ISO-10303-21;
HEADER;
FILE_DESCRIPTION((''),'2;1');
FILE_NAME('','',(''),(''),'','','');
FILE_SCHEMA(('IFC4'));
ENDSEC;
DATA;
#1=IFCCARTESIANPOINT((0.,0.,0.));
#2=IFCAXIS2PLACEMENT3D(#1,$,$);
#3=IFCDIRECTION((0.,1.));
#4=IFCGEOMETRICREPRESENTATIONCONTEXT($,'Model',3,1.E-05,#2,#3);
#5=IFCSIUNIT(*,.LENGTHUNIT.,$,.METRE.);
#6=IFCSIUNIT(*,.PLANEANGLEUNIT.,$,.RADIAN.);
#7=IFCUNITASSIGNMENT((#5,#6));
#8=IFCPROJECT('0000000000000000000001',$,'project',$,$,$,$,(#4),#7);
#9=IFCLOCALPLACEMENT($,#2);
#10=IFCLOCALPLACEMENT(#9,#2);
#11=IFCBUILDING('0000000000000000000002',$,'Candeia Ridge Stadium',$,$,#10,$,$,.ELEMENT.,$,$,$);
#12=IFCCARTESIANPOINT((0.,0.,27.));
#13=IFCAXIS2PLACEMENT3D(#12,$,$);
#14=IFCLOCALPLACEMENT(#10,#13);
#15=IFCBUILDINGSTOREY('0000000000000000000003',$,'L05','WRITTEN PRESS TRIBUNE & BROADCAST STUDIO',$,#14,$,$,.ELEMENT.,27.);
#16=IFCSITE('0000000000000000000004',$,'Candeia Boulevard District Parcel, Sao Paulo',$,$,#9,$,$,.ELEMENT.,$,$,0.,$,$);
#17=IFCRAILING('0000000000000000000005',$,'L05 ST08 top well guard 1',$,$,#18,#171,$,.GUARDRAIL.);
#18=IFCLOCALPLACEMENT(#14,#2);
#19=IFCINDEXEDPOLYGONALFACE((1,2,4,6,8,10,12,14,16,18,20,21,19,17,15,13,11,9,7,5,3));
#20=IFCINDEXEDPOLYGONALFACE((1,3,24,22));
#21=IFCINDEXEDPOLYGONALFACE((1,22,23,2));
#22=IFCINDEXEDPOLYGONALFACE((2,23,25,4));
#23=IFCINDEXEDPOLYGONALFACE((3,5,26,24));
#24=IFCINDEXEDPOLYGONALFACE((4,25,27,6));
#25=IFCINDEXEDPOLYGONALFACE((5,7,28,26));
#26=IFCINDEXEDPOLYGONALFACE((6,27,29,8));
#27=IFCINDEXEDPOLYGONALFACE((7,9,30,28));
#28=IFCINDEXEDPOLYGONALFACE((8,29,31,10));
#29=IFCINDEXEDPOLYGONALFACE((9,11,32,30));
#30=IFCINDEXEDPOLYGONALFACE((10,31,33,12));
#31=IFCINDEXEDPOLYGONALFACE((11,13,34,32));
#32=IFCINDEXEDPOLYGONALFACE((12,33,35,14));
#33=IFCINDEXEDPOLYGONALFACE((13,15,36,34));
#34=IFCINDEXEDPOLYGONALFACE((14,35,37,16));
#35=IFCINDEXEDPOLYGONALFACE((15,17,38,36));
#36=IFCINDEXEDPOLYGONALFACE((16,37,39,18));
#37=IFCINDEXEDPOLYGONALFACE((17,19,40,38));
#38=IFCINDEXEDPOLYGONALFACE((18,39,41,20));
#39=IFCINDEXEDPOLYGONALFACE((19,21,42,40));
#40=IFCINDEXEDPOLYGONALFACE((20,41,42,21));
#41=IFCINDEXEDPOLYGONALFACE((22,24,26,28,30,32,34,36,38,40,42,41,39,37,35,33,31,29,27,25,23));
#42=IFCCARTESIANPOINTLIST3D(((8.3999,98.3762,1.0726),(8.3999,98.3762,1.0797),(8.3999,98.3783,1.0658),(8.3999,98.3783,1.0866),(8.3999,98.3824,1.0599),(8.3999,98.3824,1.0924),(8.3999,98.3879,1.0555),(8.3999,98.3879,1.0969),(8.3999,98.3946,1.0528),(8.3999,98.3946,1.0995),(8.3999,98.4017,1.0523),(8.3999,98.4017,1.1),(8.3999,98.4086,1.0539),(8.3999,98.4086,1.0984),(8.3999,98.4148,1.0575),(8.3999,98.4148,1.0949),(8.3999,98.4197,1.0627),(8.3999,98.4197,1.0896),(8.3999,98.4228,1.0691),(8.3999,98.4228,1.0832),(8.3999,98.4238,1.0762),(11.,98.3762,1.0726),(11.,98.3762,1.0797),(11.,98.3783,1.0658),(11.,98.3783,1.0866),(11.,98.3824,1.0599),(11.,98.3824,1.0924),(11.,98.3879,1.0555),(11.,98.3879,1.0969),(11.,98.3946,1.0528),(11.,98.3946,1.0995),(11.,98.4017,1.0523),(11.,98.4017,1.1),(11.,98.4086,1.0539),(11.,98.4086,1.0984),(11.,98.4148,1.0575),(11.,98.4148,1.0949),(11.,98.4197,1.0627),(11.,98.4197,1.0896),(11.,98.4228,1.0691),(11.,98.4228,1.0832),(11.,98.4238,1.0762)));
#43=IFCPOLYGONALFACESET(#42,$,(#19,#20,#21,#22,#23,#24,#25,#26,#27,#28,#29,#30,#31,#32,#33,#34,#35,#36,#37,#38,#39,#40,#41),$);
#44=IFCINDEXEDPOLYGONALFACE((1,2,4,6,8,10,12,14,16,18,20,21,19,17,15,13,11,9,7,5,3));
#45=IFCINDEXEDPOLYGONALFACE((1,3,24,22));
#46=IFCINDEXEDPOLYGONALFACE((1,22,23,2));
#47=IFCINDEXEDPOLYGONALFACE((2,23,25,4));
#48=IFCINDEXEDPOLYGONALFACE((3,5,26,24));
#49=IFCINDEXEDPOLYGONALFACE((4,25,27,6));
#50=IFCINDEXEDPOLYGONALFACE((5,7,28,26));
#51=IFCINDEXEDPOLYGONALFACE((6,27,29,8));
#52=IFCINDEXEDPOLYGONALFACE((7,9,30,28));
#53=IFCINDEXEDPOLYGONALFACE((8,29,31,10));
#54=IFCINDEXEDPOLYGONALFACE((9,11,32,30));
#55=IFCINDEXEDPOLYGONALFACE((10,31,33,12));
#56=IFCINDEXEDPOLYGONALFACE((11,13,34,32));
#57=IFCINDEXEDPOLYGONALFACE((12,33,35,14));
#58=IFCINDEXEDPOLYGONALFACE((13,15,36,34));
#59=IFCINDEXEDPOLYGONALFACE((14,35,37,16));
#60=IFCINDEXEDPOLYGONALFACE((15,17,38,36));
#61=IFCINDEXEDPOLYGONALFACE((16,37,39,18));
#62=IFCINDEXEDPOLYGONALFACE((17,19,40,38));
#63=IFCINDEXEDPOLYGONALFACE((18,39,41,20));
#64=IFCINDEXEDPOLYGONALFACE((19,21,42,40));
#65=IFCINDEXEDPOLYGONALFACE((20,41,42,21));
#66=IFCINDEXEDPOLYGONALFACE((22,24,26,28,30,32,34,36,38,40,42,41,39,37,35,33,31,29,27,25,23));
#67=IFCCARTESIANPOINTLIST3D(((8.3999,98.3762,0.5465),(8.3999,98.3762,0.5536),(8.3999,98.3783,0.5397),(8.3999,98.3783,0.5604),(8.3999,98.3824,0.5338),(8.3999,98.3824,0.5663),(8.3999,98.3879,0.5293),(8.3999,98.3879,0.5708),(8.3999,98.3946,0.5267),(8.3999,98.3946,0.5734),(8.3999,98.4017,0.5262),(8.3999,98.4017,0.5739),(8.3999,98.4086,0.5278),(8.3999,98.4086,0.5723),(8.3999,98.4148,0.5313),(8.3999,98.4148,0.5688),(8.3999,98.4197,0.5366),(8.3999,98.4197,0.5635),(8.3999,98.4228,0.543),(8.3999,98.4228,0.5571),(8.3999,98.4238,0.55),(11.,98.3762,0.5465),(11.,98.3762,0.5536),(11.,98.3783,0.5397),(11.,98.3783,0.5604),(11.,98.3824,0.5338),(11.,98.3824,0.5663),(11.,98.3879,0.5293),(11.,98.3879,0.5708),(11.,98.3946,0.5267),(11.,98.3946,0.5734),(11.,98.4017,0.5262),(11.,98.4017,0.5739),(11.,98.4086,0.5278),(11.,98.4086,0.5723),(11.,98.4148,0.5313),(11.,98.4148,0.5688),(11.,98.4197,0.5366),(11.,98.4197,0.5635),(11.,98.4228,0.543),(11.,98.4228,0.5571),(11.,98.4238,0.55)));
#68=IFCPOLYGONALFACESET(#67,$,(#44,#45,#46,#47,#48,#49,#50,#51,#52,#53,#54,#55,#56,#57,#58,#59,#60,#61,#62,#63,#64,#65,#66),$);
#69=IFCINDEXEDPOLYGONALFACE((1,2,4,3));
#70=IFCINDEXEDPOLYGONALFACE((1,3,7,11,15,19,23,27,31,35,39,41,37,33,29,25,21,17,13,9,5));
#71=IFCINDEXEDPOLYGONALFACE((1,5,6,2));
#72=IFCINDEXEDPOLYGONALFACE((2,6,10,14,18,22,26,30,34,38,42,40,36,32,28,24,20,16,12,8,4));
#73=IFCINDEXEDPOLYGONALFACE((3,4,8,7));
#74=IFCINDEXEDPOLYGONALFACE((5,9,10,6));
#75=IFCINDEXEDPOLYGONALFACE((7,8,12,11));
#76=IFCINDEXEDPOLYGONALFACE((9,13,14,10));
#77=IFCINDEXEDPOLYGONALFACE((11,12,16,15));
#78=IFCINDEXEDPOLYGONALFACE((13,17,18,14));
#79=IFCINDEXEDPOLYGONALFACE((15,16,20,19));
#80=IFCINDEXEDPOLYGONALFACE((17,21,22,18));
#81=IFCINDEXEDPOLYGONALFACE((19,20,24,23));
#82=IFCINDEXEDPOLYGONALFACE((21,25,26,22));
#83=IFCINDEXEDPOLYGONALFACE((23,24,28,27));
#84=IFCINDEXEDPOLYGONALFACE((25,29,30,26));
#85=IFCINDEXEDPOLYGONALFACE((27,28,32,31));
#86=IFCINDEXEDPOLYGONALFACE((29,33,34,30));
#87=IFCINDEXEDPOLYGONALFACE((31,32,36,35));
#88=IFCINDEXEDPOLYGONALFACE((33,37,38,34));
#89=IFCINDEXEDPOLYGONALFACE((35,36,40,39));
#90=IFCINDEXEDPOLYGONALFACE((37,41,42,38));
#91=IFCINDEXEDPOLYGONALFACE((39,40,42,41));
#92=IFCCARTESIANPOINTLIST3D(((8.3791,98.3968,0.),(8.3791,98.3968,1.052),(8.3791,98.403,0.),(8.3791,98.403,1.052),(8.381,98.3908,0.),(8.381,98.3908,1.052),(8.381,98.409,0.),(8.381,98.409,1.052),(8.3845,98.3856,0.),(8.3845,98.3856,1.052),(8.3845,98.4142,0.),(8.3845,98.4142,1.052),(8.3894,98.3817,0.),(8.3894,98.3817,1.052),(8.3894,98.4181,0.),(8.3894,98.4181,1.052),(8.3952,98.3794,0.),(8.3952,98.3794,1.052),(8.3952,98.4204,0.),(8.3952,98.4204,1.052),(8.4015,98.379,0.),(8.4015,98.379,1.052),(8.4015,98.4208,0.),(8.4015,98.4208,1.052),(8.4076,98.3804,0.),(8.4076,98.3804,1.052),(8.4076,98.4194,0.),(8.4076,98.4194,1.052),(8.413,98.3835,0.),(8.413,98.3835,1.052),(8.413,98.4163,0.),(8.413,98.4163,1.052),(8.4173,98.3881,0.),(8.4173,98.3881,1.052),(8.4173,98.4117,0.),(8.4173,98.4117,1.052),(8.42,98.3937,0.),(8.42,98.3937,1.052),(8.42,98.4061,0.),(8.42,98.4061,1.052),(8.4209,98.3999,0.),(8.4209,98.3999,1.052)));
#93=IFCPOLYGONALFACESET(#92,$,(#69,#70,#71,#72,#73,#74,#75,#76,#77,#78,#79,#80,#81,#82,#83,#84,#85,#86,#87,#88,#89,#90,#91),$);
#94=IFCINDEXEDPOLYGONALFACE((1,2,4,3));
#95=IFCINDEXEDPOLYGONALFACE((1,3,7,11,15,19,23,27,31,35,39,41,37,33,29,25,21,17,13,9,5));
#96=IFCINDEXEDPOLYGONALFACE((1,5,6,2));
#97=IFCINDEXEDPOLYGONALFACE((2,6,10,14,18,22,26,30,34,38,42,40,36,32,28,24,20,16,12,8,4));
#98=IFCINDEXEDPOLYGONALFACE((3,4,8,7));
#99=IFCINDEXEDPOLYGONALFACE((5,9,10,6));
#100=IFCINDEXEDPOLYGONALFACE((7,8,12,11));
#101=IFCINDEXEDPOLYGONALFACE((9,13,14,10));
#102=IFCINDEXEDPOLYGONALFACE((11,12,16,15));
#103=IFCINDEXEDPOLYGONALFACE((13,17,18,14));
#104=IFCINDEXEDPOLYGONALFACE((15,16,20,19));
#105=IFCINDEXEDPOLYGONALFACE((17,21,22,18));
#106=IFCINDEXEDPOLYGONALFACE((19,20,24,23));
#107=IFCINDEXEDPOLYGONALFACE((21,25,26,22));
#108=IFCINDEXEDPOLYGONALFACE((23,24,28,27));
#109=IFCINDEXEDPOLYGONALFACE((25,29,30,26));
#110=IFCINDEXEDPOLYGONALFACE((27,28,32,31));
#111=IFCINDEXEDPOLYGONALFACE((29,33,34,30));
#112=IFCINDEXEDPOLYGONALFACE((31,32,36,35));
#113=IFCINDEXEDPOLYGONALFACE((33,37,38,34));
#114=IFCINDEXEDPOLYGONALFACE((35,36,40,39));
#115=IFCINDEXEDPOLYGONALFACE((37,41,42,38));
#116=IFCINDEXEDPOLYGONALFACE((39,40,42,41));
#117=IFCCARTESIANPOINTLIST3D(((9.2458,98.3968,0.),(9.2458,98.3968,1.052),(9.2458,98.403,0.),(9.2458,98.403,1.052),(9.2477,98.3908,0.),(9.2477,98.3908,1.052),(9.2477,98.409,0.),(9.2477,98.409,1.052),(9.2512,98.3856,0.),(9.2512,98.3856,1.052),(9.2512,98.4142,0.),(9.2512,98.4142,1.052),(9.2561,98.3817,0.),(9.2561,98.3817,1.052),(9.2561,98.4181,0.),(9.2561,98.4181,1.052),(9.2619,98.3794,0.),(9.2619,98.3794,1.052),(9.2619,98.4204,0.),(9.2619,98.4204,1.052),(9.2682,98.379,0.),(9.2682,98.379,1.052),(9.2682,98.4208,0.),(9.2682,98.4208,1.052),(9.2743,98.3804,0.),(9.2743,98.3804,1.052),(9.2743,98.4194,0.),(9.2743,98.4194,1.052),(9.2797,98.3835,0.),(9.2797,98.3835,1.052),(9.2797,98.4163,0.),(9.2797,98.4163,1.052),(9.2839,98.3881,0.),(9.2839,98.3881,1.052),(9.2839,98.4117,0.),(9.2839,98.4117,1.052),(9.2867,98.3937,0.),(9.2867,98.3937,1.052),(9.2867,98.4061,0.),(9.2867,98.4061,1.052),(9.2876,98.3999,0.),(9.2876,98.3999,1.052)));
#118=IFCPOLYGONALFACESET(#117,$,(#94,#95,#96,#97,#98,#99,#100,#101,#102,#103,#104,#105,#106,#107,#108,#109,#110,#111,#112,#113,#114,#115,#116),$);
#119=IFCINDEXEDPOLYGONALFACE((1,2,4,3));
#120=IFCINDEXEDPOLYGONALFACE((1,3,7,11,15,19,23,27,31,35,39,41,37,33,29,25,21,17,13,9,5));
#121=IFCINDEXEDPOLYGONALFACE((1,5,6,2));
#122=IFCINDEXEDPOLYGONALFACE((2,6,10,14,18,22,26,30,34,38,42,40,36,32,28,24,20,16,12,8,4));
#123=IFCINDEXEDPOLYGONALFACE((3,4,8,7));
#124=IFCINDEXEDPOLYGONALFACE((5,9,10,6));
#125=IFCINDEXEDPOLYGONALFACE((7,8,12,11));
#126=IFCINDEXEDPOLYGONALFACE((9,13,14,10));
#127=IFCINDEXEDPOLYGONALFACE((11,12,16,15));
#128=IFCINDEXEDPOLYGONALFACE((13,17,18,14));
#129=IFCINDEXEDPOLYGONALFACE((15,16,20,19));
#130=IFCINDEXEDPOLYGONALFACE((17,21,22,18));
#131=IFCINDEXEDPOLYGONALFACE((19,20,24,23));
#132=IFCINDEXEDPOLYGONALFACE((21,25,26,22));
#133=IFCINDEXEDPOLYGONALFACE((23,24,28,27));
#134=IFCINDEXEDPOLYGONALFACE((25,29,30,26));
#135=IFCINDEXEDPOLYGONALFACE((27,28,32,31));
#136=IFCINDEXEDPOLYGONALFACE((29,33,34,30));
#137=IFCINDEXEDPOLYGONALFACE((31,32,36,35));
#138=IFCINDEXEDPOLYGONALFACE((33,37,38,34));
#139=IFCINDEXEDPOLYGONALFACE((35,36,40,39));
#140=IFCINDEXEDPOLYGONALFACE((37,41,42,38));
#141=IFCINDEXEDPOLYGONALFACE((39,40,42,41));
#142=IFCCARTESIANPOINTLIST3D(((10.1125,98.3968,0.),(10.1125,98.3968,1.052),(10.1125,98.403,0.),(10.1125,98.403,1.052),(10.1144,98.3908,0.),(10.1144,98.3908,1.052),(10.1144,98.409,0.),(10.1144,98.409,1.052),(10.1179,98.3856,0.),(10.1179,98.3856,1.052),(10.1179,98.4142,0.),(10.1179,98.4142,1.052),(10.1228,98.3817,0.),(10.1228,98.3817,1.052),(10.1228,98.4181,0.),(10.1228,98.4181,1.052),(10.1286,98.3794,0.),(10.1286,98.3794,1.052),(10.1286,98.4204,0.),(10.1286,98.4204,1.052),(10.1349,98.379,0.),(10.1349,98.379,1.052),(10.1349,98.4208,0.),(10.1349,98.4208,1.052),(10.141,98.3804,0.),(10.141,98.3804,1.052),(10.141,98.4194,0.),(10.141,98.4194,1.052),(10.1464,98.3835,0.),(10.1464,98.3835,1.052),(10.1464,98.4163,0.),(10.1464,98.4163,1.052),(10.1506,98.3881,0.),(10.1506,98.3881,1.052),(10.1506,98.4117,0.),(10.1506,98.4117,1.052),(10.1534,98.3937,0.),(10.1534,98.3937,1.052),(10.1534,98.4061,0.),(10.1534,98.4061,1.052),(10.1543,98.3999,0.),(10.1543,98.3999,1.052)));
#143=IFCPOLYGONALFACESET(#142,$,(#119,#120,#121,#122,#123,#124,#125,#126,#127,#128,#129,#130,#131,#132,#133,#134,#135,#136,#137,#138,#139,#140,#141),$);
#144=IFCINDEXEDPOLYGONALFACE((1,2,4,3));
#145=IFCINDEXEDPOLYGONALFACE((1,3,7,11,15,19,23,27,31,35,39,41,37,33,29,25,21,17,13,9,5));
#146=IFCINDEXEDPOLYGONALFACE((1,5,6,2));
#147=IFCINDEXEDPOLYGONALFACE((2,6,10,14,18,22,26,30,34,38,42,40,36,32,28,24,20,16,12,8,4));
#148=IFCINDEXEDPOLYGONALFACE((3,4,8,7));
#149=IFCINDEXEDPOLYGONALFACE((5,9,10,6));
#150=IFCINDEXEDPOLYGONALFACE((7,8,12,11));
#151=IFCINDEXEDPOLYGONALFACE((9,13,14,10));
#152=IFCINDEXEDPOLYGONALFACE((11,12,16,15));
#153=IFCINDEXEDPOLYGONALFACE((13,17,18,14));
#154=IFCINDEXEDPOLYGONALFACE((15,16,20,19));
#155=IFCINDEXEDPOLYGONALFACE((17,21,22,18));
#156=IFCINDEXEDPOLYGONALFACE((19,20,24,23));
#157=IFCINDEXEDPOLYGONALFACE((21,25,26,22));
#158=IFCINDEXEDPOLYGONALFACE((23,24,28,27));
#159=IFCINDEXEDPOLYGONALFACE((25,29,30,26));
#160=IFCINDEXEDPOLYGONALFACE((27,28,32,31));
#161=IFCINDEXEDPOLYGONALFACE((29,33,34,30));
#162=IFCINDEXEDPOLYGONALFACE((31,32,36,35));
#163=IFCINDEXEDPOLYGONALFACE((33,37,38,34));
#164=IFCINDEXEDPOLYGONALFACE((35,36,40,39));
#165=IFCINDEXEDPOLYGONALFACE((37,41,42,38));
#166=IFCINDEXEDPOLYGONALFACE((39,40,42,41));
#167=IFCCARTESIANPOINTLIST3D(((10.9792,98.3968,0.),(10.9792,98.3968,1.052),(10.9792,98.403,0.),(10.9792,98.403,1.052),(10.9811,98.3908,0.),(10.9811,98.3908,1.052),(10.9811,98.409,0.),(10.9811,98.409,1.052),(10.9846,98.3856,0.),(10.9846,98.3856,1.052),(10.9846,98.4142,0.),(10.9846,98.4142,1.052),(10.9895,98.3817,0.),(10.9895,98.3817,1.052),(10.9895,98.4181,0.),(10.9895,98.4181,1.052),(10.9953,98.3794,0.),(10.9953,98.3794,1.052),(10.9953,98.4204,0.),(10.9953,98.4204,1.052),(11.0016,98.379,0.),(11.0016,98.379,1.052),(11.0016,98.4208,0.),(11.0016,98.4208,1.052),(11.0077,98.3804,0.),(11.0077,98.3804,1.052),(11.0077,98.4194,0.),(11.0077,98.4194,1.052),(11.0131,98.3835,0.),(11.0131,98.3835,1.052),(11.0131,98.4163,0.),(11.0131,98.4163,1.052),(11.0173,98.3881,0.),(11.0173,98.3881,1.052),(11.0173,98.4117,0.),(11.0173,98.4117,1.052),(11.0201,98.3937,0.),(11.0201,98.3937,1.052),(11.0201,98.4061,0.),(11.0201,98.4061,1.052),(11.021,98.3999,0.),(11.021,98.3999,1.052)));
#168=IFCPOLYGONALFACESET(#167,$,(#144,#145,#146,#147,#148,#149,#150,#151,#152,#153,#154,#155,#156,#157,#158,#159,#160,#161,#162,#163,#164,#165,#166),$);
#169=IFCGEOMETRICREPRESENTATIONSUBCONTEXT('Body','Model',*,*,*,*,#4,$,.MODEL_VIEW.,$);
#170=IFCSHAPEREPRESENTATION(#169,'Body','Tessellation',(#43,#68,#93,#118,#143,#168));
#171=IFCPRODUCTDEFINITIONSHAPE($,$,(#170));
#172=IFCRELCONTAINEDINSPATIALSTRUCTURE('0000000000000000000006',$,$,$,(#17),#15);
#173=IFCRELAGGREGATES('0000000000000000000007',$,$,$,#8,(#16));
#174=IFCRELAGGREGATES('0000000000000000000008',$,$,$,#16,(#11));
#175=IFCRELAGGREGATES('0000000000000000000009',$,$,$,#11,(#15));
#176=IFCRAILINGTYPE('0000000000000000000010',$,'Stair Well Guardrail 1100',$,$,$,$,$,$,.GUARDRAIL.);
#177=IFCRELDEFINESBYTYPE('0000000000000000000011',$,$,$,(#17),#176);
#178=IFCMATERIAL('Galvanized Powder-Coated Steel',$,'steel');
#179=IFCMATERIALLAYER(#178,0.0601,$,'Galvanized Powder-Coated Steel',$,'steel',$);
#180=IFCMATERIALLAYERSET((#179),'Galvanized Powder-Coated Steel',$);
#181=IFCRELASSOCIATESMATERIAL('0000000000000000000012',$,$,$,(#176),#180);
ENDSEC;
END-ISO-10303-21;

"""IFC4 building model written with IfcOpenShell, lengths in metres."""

from ifc_helpers import new_model, si_unit, direction, frame, origin, origin_2d, place, context, subcontext, project, spatial, circle, extrude, material, layer, layer_set, type_object, element, save


model = new_model("IFC4")

# Units and contexts
model_context = context("Model", 3, precision=1e-05, world=origin(), true_north=direction((0.0, 1.0)))
body_context = subcontext(model_context, "Body", "Model", "MODEL_VIEW")
ifc_project = project(units=[si_unit("LENGTHUNIT", "METRE"), si_unit("PLANEANGLEUNIT", "RADIAN")], contexts=[model_context])

# Site, building, storey
site_placement = place(None, origin())
site = spatial("IfcSite", under=ifc_project, at=site_placement, Name="Candeia Boulevard District Parcel, Sao Paulo", CompositionType="ELEMENT", RefElevation=0.0)
building_placement = place(site_placement, origin())
building = spatial("IfcBuilding", under=site, at=building_placement, Name="Candeia Ridge Stadium", CompositionType="ELEMENT")
storey_placement = place(building_placement, frame((0.0, 0.0, 27.0)))
storey = spatial("IfcBuildingStorey", under=building, at=storey_placement, Name="L05", Description="WRITTEN PRESS TRIBUNE & BROADCAST STUDIO", CompositionType="ELEMENT", Elevation=27.0)

# Railing
ifc_material_1 = material(Name="Galvanized Powder-Coated Steel", Category="steel")
ifc_layer_1 = layer(ifc_material_1, 0.0601, Name="Galvanized Powder-Coated Steel", Category="steel")
ifc_layer_set_1 = layer_set([ifc_layer_1], Name="Galvanized Powder-Coated Steel")
railing_type = type_object("IfcRailingType", Name="Stair Well Guardrail 1100", PredefinedType="GUARDRAIL", material=ifc_layer_set_1)
railing_placement = place(storey_placement, frame((8.3999, 98.3999, 0.0)))
element("IfcRailing", 1, at=railing_placement, inside=storey, type_object=railing_type, Name="L05 ST08 top well guard 1", PredefinedType="GUARDRAIL", context=body_context, shape_type="SweptSolid", body=[
    extrude(circle(Radius=0.0239, at=origin_2d()), frame((0.0, 0.0, 1.0762), z_axis=(1.0, 0.0, 0.0), x_axis=(0.0, 1.0, 0.0)), (0.0, 0.0, 1.0), 2.6001),
    extrude(circle(Radius=0.0239, at=origin_2d()), frame((0.0, 0.0, 0.55), z_axis=(1.0, 0.0, 0.0), x_axis=(0.0, 1.0, 0.0)), (0.0, 0.0, 1.0), 2.6001),
    extrude(circle(Radius=0.021, at=origin_2d()), origin(), (0.0, 0.0, 1.0), 1.052),
    extrude(circle(Radius=0.021, at=origin_2d()), frame((0.8667, 0.0, 0.0)), (0.0, 0.0, 1.0), 1.052),
    extrude(circle(Radius=0.021, at=origin_2d()), frame((1.7334, 0.0, 0.0)), (0.0, 0.0, 1.0), 1.052),
    extrude(circle(Radius=0.021, at=origin_2d()), frame((2.6001, 0.0, 0.0)), (0.0, 0.0, 1.0), 1.052),
])

save(model, "model.ifc")
